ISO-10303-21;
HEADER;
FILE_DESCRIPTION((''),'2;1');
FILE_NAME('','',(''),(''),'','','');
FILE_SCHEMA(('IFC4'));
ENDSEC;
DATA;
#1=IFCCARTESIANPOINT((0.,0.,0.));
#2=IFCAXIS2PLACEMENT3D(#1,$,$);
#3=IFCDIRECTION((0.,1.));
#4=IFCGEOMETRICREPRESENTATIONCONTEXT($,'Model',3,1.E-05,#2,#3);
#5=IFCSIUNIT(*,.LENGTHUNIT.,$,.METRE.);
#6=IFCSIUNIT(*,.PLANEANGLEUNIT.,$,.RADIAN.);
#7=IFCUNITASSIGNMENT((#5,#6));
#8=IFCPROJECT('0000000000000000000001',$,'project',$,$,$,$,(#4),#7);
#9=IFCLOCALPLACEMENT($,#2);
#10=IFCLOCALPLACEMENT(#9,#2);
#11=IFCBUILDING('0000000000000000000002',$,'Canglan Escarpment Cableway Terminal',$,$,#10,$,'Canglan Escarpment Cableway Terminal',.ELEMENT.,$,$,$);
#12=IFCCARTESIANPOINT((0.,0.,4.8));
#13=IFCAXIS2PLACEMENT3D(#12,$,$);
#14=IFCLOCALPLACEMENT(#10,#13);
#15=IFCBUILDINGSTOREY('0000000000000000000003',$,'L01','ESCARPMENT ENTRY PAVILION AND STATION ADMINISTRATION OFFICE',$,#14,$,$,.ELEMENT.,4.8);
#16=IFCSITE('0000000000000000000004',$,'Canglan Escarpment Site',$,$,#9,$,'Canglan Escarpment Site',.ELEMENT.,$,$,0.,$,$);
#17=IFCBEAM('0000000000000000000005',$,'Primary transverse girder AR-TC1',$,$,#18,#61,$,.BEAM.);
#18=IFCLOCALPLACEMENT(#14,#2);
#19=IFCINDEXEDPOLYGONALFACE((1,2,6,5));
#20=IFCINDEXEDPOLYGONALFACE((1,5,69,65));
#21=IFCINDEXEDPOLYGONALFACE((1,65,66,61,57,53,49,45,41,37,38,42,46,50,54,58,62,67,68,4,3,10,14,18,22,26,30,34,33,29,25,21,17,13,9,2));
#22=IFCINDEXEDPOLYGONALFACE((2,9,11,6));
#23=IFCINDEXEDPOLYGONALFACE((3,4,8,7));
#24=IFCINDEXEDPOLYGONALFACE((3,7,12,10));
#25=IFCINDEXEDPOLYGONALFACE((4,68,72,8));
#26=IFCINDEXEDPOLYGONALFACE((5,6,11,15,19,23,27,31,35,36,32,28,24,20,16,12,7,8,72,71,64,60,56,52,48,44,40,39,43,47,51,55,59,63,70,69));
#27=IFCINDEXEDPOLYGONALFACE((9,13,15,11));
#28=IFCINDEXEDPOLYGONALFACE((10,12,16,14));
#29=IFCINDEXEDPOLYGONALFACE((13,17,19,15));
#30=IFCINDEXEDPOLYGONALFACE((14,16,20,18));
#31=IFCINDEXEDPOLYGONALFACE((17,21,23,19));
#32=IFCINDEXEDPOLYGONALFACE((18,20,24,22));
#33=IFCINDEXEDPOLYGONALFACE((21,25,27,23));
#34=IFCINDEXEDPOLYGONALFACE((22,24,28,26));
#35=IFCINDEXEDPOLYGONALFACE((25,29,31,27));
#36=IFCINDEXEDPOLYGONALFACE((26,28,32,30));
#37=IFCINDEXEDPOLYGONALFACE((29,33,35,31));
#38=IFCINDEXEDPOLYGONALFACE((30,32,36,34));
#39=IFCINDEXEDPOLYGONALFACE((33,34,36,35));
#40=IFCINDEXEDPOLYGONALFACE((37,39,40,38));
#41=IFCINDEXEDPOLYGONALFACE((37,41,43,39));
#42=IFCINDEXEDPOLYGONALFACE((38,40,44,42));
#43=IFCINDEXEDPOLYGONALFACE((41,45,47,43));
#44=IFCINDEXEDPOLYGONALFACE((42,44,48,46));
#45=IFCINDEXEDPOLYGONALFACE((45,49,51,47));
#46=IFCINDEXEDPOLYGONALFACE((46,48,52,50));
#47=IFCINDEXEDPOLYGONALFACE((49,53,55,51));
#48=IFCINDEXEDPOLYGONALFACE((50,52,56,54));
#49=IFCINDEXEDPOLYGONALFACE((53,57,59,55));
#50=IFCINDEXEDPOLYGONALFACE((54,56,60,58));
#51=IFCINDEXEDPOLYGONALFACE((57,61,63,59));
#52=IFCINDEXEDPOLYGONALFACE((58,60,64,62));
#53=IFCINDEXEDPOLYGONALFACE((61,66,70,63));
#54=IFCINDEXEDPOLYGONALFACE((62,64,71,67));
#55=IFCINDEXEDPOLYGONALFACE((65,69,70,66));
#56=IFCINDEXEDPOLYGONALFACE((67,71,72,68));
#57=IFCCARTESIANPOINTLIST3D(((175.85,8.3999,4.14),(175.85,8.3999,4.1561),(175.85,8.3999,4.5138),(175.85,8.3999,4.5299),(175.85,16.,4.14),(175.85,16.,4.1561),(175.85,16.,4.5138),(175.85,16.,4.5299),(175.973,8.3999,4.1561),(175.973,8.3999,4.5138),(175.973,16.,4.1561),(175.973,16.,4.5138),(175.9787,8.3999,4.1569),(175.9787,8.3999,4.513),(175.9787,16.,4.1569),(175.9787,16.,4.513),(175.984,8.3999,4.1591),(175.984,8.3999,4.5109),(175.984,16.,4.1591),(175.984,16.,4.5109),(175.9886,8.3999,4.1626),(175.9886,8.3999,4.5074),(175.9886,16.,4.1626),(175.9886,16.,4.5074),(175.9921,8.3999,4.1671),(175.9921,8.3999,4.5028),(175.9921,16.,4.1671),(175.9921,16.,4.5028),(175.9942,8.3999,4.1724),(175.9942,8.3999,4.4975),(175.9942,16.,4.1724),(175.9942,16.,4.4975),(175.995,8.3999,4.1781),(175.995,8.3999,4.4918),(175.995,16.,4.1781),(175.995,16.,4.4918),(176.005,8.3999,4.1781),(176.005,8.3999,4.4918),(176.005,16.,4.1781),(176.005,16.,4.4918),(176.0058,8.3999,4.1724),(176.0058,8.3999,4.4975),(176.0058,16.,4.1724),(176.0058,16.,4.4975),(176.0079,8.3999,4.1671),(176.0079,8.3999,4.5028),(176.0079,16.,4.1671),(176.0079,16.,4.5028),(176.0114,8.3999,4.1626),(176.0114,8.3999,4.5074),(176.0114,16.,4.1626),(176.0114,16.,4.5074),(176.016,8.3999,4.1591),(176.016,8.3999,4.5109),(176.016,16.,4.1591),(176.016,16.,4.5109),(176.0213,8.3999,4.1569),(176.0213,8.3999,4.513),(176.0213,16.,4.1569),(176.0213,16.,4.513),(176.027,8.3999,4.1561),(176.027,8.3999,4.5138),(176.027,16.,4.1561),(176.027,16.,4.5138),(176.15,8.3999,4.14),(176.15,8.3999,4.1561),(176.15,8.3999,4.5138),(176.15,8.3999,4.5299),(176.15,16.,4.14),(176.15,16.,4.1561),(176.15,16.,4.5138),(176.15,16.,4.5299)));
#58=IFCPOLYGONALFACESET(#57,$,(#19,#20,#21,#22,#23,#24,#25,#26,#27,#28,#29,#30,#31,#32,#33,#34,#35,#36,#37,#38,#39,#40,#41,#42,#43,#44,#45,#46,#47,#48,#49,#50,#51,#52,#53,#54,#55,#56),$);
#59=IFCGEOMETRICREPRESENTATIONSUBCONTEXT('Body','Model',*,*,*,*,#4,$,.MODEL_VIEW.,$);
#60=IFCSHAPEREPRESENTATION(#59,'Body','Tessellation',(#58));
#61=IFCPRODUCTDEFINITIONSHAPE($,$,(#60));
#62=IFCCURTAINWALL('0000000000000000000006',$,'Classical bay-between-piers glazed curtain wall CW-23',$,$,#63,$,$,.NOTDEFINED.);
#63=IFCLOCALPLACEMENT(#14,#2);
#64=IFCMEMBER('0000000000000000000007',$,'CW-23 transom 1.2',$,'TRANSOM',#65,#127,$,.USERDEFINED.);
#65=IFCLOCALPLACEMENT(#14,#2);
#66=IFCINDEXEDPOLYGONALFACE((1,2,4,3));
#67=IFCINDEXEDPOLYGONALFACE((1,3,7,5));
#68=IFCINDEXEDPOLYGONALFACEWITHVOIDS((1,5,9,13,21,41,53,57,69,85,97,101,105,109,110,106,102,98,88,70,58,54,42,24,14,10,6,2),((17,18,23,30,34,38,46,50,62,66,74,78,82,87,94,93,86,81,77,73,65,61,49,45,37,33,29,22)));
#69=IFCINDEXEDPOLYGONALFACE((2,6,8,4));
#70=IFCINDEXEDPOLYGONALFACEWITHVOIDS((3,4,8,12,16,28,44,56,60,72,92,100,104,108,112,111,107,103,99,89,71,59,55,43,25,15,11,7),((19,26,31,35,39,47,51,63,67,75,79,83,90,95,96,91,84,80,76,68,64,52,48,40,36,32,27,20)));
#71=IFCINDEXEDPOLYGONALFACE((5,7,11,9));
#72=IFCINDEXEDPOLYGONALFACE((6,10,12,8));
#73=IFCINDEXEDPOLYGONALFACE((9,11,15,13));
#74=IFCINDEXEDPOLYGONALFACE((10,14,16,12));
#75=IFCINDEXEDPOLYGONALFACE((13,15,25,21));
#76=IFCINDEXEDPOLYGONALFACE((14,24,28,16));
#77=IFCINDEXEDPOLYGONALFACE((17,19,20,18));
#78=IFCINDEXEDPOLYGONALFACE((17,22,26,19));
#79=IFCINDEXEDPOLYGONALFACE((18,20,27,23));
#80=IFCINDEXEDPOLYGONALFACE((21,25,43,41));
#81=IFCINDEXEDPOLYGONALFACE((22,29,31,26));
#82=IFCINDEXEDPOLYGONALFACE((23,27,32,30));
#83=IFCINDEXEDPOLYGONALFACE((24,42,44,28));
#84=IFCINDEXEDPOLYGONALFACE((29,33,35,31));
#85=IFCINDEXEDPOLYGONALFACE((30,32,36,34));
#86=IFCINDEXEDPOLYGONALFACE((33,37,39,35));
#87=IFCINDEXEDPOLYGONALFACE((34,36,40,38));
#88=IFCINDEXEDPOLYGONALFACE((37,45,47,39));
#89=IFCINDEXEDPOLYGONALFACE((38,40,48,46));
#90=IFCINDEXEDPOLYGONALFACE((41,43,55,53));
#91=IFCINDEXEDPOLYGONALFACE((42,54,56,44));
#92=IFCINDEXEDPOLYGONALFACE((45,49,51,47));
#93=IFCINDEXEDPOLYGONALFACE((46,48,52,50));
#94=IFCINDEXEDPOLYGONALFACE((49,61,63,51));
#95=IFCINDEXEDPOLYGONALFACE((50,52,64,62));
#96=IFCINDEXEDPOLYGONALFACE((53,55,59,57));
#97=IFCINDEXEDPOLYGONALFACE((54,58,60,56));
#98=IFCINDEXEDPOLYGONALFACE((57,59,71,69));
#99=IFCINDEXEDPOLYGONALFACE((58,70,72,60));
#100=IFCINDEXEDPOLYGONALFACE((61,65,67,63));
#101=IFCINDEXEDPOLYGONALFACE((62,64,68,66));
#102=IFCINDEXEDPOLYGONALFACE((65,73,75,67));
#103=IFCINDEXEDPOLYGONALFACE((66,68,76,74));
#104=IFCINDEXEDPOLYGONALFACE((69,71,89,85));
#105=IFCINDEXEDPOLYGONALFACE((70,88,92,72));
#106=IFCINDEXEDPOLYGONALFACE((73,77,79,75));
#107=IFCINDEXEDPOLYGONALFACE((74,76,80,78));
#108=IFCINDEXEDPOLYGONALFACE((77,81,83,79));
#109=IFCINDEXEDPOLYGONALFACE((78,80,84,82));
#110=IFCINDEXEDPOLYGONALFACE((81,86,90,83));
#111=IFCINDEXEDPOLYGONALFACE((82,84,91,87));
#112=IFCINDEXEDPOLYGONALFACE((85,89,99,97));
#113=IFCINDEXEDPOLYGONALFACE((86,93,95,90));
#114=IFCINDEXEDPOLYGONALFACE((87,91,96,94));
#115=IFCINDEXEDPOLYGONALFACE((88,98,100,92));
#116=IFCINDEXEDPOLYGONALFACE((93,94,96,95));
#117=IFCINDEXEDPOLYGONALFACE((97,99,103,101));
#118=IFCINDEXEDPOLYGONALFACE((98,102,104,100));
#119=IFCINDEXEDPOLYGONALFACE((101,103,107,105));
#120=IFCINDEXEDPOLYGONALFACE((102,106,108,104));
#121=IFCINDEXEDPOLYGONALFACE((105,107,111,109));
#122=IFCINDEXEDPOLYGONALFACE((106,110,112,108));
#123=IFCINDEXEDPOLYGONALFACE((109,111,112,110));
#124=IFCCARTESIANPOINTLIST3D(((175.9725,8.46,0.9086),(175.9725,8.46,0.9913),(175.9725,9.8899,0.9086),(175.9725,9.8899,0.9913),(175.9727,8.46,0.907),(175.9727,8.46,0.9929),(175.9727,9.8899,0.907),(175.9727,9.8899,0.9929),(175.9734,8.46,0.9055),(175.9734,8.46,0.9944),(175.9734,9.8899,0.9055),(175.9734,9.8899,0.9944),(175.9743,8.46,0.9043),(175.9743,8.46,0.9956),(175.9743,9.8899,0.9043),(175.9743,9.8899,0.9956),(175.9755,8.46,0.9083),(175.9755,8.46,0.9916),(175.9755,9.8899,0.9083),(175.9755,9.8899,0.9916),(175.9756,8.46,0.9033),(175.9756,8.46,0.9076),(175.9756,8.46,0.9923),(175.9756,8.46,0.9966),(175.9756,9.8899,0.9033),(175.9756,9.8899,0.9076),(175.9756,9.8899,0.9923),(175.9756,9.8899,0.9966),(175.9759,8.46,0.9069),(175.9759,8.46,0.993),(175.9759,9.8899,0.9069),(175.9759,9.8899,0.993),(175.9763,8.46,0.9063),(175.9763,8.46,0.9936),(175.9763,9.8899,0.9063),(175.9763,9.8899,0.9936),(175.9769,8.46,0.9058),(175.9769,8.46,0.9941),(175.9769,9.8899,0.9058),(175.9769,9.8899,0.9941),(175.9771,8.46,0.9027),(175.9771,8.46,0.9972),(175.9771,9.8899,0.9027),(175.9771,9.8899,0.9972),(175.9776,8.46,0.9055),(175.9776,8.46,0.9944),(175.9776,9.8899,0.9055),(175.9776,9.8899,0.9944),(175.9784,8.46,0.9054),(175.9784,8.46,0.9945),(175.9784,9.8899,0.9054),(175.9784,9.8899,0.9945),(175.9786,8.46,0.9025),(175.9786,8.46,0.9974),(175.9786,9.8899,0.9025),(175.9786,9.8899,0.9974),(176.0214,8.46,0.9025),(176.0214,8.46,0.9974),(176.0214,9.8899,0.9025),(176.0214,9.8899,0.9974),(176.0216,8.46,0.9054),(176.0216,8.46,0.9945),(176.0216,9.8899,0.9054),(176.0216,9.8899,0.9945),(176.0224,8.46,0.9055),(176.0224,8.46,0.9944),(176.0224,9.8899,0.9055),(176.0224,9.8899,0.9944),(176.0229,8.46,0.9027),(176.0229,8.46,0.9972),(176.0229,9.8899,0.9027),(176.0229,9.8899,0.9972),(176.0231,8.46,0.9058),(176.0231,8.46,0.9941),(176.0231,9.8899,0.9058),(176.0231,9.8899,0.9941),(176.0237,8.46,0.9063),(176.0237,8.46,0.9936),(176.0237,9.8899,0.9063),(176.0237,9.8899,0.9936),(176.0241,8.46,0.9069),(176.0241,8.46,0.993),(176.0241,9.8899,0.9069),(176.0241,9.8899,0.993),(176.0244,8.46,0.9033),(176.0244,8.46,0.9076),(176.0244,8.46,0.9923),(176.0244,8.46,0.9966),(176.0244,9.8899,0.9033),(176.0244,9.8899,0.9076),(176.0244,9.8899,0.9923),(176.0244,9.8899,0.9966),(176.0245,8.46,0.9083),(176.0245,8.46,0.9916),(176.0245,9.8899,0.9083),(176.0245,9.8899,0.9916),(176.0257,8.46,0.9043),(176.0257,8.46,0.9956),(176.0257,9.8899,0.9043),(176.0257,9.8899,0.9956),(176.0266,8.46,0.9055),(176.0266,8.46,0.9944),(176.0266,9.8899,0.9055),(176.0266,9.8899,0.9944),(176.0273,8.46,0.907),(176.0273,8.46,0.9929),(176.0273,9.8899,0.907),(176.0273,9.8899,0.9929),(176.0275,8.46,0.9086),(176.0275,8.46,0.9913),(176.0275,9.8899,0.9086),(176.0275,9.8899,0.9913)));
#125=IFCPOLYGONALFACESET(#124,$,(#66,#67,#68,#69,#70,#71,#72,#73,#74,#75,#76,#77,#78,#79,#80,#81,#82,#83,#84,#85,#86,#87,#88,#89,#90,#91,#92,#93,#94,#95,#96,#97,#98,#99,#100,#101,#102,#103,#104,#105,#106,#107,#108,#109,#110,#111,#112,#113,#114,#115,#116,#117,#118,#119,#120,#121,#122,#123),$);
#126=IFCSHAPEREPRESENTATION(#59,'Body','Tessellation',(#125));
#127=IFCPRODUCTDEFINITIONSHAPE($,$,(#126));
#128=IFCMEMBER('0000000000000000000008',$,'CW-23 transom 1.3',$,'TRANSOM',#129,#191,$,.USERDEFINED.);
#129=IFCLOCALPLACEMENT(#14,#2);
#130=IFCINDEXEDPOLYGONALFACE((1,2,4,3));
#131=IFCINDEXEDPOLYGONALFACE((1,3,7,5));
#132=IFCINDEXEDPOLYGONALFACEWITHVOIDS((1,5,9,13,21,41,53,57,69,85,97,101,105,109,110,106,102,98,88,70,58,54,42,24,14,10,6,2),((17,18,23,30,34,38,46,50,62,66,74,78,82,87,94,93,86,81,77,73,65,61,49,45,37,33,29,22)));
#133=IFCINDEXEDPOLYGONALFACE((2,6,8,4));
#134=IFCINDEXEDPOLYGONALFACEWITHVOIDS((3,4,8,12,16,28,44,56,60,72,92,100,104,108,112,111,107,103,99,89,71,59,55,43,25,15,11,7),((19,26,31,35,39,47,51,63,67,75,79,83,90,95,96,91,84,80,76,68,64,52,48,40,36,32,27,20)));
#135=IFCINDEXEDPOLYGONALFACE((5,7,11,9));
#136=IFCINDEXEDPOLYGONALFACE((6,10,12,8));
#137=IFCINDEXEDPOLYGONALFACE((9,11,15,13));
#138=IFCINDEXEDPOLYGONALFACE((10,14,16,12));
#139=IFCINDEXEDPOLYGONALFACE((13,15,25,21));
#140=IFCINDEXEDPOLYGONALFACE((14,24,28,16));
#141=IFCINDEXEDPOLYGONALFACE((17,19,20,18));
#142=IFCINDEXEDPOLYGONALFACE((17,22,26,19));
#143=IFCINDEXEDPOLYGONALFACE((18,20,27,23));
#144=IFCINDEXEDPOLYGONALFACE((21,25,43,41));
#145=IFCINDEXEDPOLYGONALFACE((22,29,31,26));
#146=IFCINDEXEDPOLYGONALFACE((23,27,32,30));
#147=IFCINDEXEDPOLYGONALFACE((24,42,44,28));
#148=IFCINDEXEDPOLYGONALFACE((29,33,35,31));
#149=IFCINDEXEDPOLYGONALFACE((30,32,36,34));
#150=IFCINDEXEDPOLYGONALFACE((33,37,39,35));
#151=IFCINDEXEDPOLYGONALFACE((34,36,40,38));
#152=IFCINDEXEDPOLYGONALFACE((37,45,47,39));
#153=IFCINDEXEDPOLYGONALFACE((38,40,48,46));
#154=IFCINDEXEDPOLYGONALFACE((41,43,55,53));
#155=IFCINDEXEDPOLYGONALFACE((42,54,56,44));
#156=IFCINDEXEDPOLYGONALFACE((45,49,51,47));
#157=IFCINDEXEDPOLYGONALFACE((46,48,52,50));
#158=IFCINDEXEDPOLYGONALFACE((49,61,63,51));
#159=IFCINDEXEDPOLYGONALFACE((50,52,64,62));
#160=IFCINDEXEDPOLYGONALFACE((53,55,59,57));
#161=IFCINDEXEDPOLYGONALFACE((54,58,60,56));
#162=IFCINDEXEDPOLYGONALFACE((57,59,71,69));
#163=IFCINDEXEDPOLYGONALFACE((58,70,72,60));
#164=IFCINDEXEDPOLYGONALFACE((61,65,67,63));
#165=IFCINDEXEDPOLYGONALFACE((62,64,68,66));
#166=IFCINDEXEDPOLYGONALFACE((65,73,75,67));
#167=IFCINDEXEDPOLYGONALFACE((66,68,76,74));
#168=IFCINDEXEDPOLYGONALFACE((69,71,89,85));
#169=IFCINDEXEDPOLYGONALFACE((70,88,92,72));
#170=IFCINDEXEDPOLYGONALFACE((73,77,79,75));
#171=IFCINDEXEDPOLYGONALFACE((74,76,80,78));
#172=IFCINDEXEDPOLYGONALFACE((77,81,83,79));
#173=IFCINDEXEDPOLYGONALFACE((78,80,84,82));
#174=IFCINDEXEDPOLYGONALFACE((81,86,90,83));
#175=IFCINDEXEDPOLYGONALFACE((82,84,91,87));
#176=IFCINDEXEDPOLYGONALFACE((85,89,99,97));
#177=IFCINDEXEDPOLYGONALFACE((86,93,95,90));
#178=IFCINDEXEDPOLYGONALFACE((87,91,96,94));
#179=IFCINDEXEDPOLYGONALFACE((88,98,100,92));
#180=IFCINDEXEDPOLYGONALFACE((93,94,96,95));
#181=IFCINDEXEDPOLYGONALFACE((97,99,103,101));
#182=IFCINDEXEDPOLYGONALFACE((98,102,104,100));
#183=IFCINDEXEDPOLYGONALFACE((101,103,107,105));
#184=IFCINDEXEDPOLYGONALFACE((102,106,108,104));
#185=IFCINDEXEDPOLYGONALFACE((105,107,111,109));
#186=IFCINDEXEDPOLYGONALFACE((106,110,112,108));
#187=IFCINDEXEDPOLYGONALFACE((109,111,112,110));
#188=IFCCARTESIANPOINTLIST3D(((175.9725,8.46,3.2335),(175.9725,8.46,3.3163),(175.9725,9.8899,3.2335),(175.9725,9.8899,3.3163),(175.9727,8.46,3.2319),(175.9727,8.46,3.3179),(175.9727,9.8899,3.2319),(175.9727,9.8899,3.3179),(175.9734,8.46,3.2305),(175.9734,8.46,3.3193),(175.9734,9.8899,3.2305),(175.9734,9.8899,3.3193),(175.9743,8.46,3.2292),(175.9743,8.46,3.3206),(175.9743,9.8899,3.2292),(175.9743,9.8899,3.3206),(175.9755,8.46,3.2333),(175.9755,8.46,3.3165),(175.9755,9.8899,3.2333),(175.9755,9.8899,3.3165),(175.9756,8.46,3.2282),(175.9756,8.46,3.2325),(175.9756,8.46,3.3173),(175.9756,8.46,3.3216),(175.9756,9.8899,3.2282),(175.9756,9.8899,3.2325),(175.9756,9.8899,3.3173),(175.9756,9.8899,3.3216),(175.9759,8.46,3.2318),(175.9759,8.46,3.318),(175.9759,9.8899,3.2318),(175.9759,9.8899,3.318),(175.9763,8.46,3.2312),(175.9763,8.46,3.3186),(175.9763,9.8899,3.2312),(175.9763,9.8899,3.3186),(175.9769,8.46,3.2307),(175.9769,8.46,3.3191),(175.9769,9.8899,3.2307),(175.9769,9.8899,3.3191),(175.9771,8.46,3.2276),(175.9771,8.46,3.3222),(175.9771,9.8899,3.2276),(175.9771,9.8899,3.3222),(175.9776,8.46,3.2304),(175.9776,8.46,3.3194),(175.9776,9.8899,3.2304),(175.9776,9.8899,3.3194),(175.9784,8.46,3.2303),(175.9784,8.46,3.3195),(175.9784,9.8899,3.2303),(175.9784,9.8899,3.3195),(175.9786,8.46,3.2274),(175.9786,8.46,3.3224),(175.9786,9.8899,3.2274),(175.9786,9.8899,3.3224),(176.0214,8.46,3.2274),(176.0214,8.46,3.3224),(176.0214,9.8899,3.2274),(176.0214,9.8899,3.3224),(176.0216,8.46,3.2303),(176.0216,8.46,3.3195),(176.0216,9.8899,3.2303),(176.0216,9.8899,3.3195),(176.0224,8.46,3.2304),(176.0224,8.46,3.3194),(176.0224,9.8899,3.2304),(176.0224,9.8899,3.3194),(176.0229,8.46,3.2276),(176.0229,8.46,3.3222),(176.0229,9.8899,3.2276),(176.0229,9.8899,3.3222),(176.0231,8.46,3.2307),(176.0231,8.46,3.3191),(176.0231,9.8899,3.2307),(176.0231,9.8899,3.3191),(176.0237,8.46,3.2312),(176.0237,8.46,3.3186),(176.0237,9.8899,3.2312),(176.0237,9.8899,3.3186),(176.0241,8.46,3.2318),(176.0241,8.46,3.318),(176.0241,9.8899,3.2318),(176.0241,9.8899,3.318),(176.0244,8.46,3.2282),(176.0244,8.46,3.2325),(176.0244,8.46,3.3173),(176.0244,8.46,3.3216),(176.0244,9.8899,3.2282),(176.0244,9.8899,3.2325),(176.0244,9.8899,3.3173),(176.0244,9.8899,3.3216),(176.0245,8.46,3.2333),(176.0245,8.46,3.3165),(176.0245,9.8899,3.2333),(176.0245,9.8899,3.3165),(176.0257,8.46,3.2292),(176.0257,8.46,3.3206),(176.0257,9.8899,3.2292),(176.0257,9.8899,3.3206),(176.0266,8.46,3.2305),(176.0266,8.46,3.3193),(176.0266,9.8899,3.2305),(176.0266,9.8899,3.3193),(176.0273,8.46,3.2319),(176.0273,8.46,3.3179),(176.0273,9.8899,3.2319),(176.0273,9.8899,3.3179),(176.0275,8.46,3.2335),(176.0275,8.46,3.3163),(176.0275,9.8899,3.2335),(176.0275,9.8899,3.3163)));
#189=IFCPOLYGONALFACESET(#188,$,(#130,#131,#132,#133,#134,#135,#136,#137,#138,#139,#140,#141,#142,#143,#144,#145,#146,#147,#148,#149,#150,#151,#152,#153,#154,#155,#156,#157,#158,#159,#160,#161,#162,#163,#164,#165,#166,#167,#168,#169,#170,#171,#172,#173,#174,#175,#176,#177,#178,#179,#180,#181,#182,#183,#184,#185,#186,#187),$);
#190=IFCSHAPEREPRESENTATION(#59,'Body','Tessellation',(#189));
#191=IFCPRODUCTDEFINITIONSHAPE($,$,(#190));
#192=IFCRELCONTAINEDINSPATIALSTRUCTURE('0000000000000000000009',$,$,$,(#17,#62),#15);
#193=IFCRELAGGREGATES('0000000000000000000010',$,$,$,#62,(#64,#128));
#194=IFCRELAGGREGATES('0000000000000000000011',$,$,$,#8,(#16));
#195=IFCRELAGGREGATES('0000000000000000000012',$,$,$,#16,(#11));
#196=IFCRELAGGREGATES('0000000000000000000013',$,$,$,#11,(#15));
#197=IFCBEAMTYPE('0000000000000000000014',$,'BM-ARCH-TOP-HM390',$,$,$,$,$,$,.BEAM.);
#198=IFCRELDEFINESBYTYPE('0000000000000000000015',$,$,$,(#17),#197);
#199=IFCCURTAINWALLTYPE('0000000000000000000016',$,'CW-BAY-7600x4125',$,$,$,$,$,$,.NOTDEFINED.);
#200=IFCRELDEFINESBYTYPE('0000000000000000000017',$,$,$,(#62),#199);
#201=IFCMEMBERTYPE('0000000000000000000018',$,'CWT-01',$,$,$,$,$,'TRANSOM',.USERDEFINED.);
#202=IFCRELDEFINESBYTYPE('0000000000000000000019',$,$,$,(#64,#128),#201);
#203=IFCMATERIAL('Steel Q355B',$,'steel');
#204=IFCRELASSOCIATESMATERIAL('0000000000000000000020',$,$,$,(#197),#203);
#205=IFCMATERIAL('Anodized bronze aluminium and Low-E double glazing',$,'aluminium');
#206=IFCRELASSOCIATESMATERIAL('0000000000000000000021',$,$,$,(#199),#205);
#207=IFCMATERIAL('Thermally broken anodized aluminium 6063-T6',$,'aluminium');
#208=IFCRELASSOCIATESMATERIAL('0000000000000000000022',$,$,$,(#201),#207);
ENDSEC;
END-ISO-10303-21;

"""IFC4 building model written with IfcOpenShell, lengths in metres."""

from ifc_helpers import new_model, si_unit, direction, frame, origin, origin_2d, place, context, subcontext, project, spatial, hollow_rectangle, i_section, extrude, material, material_profile, profile_set, type_object, element, aggregate, save


model = new_model("IFC4")

# Units and contexts
model_context = context("Model", 3, precision=1e-05, world=origin(), true_north=direction((0.0, 1.0)))
body_context = subcontext(model_context, "Body", "Model", "MODEL_VIEW")
ifc_project = project(units=[si_unit("LENGTHUNIT", "METRE"), si_unit("PLANEANGLEUNIT", "RADIAN")], contexts=[model_context])

# Site, building, storey
site_placement = place(None, origin())
site = spatial("IfcSite", under=ifc_project, at=site_placement, Name="Canglan Escarpment Site", LongName="Canglan Escarpment Site", CompositionType="ELEMENT", RefElevation=0.0)
building_placement = place(site_placement, origin())
building = spatial("IfcBuilding", under=site, at=building_placement, Name="Canglan Escarpment Cableway Terminal", LongName="Canglan Escarpment Cableway Terminal", CompositionType="ELEMENT")
storey_placement = place(building_placement, frame((0.0, 0.0, 4.8)))
storey = spatial("IfcBuildingStorey", under=building, at=storey_placement, Name="L01", Description="ESCARPMENT ENTRY PAVILION AND STATION ADMINISTRATION OFFICE", CompositionType="ELEMENT", Elevation=4.8)

# Beam
ifc_material_1 = material(Name="Steel Q355B", Category="steel")
ifc_material_profile_1 = material_profile(ifc_material_1, i_section(OverallWidth=0.3, OverallDepth=0.3899, WebThickness=0.01, FlangeThickness=0.0161, FilletRadius=0.022, at=origin_2d()), Name="HM 390x300x10x16")
ifc_profile_set_1 = profile_set([ifc_material_profile_1], Name="Steel Q355B")
beam_type = type_object("IfcBeamType", Name="BM-ARCH-TOP-HM390", PredefinedType="BEAM", material=ifc_profile_set_1)
beam_placement = place(storey_placement, frame((176.0, 8.3999, 4.335), z_axis=(0.0, 1.0, 0.0), x_axis=(-1.0, 0.0, 0.0)))
element("IfcBeam", 1, at=beam_placement, inside=storey, type_object=beam_type, Name="Primary transverse girder AR-TC1", PredefinedType="BEAM", context=body_context, shape_type="SweptSolid", body=[
    extrude(i_section(OverallWidth=0.3, OverallDepth=0.3899, WebThickness=0.01, FlangeThickness=0.0161, FilletRadius=0.022, at=origin_2d()), origin(), (0.0, 0.0, 1.0), 7.6001),
])

# Curtain wall, members
ifc_material_2 = material(Name="Anodized bronze aluminium and Low-E double glazing", Category="aluminium")
curtain_wall_type_1 = type_object("IfcCurtainWallType", Name="CW-BAY-7600x4125", PredefinedType="NOTDEFINED", material=ifc_material_2)
curtain_wall_1_placement = place(storey_placement, origin())
curtain_wall_1 = element("IfcCurtainWall", 2, at=curtain_wall_1_placement, inside=storey, type_object=curtain_wall_type_1, Name="Classical bay-between-piers glazed curtain wall CW-23", PredefinedType="NOTDEFINED")
ifc_material_3 = material(Name="Thermally broken anodized aluminium 6063-T6", Category="aluminium")
ifc_material_profile_2 = material_profile(ifc_material_3, hollow_rectangle(XDim=0.0549, YDim=0.095, WallThickness=0.0029, InnerFilletRadius=0.0029, OuterFilletRadius=0.0061, at=origin_2d()), Name="ALU-TRAN 55x95x3")
ifc_profile_set_2 = profile_set([ifc_material_profile_2], Name="Thermally broken anodized aluminium 6063-T6")
member_type_1 = type_object("IfcMemberType", Name="CWT-01", ElementType="TRANSOM", PredefinedType="USERDEFINED", material=ifc_profile_set_2)
member_1_placement = place(storey_placement, frame((176.0, 8.46, 0.95), z_axis=(0.0, 1.0, 0.0), x_axis=(-1.0, 0.0, 0.0)))
member_1 = element("IfcMember", 3, at=member_1_placement, type_object=member_type_1, Name="CW-23 transom 1.2", ObjectType="TRANSOM", PredefinedType="USERDEFINED", context=body_context, shape_type="SweptSolid", body=[
    extrude(hollow_rectangle(XDim=0.0549, YDim=0.095, WallThickness=0.0029, InnerFilletRadius=0.0029, OuterFilletRadius=0.0061, at=origin_2d()), origin(), (0.0, 0.0, 1.0), 1.4299),
])
member_2_placement = place(storey_placement, frame((176.0, 8.46, 3.2749), z_axis=(0.0, 1.0, 0.0), x_axis=(-1.0, 0.0, 0.0)))
member_2 = element("IfcMember", 4, at=member_2_placement, type_object=member_type_1, Name="CW-23 transom 1.3", ObjectType="TRANSOM", PredefinedType="USERDEFINED", context=body_context, shape_type="SweptSolid", body=[
    extrude(hollow_rectangle(XDim=0.0549, YDim=0.095, WallThickness=0.0029, InnerFilletRadius=0.0029, OuterFilletRadius=0.0061, at=origin_2d()), origin(), (0.0, 0.0, 1.0), 1.4299),
])

aggregate(curtain_wall_1, [member_1, member_2])

save(model, "model.ifc")
